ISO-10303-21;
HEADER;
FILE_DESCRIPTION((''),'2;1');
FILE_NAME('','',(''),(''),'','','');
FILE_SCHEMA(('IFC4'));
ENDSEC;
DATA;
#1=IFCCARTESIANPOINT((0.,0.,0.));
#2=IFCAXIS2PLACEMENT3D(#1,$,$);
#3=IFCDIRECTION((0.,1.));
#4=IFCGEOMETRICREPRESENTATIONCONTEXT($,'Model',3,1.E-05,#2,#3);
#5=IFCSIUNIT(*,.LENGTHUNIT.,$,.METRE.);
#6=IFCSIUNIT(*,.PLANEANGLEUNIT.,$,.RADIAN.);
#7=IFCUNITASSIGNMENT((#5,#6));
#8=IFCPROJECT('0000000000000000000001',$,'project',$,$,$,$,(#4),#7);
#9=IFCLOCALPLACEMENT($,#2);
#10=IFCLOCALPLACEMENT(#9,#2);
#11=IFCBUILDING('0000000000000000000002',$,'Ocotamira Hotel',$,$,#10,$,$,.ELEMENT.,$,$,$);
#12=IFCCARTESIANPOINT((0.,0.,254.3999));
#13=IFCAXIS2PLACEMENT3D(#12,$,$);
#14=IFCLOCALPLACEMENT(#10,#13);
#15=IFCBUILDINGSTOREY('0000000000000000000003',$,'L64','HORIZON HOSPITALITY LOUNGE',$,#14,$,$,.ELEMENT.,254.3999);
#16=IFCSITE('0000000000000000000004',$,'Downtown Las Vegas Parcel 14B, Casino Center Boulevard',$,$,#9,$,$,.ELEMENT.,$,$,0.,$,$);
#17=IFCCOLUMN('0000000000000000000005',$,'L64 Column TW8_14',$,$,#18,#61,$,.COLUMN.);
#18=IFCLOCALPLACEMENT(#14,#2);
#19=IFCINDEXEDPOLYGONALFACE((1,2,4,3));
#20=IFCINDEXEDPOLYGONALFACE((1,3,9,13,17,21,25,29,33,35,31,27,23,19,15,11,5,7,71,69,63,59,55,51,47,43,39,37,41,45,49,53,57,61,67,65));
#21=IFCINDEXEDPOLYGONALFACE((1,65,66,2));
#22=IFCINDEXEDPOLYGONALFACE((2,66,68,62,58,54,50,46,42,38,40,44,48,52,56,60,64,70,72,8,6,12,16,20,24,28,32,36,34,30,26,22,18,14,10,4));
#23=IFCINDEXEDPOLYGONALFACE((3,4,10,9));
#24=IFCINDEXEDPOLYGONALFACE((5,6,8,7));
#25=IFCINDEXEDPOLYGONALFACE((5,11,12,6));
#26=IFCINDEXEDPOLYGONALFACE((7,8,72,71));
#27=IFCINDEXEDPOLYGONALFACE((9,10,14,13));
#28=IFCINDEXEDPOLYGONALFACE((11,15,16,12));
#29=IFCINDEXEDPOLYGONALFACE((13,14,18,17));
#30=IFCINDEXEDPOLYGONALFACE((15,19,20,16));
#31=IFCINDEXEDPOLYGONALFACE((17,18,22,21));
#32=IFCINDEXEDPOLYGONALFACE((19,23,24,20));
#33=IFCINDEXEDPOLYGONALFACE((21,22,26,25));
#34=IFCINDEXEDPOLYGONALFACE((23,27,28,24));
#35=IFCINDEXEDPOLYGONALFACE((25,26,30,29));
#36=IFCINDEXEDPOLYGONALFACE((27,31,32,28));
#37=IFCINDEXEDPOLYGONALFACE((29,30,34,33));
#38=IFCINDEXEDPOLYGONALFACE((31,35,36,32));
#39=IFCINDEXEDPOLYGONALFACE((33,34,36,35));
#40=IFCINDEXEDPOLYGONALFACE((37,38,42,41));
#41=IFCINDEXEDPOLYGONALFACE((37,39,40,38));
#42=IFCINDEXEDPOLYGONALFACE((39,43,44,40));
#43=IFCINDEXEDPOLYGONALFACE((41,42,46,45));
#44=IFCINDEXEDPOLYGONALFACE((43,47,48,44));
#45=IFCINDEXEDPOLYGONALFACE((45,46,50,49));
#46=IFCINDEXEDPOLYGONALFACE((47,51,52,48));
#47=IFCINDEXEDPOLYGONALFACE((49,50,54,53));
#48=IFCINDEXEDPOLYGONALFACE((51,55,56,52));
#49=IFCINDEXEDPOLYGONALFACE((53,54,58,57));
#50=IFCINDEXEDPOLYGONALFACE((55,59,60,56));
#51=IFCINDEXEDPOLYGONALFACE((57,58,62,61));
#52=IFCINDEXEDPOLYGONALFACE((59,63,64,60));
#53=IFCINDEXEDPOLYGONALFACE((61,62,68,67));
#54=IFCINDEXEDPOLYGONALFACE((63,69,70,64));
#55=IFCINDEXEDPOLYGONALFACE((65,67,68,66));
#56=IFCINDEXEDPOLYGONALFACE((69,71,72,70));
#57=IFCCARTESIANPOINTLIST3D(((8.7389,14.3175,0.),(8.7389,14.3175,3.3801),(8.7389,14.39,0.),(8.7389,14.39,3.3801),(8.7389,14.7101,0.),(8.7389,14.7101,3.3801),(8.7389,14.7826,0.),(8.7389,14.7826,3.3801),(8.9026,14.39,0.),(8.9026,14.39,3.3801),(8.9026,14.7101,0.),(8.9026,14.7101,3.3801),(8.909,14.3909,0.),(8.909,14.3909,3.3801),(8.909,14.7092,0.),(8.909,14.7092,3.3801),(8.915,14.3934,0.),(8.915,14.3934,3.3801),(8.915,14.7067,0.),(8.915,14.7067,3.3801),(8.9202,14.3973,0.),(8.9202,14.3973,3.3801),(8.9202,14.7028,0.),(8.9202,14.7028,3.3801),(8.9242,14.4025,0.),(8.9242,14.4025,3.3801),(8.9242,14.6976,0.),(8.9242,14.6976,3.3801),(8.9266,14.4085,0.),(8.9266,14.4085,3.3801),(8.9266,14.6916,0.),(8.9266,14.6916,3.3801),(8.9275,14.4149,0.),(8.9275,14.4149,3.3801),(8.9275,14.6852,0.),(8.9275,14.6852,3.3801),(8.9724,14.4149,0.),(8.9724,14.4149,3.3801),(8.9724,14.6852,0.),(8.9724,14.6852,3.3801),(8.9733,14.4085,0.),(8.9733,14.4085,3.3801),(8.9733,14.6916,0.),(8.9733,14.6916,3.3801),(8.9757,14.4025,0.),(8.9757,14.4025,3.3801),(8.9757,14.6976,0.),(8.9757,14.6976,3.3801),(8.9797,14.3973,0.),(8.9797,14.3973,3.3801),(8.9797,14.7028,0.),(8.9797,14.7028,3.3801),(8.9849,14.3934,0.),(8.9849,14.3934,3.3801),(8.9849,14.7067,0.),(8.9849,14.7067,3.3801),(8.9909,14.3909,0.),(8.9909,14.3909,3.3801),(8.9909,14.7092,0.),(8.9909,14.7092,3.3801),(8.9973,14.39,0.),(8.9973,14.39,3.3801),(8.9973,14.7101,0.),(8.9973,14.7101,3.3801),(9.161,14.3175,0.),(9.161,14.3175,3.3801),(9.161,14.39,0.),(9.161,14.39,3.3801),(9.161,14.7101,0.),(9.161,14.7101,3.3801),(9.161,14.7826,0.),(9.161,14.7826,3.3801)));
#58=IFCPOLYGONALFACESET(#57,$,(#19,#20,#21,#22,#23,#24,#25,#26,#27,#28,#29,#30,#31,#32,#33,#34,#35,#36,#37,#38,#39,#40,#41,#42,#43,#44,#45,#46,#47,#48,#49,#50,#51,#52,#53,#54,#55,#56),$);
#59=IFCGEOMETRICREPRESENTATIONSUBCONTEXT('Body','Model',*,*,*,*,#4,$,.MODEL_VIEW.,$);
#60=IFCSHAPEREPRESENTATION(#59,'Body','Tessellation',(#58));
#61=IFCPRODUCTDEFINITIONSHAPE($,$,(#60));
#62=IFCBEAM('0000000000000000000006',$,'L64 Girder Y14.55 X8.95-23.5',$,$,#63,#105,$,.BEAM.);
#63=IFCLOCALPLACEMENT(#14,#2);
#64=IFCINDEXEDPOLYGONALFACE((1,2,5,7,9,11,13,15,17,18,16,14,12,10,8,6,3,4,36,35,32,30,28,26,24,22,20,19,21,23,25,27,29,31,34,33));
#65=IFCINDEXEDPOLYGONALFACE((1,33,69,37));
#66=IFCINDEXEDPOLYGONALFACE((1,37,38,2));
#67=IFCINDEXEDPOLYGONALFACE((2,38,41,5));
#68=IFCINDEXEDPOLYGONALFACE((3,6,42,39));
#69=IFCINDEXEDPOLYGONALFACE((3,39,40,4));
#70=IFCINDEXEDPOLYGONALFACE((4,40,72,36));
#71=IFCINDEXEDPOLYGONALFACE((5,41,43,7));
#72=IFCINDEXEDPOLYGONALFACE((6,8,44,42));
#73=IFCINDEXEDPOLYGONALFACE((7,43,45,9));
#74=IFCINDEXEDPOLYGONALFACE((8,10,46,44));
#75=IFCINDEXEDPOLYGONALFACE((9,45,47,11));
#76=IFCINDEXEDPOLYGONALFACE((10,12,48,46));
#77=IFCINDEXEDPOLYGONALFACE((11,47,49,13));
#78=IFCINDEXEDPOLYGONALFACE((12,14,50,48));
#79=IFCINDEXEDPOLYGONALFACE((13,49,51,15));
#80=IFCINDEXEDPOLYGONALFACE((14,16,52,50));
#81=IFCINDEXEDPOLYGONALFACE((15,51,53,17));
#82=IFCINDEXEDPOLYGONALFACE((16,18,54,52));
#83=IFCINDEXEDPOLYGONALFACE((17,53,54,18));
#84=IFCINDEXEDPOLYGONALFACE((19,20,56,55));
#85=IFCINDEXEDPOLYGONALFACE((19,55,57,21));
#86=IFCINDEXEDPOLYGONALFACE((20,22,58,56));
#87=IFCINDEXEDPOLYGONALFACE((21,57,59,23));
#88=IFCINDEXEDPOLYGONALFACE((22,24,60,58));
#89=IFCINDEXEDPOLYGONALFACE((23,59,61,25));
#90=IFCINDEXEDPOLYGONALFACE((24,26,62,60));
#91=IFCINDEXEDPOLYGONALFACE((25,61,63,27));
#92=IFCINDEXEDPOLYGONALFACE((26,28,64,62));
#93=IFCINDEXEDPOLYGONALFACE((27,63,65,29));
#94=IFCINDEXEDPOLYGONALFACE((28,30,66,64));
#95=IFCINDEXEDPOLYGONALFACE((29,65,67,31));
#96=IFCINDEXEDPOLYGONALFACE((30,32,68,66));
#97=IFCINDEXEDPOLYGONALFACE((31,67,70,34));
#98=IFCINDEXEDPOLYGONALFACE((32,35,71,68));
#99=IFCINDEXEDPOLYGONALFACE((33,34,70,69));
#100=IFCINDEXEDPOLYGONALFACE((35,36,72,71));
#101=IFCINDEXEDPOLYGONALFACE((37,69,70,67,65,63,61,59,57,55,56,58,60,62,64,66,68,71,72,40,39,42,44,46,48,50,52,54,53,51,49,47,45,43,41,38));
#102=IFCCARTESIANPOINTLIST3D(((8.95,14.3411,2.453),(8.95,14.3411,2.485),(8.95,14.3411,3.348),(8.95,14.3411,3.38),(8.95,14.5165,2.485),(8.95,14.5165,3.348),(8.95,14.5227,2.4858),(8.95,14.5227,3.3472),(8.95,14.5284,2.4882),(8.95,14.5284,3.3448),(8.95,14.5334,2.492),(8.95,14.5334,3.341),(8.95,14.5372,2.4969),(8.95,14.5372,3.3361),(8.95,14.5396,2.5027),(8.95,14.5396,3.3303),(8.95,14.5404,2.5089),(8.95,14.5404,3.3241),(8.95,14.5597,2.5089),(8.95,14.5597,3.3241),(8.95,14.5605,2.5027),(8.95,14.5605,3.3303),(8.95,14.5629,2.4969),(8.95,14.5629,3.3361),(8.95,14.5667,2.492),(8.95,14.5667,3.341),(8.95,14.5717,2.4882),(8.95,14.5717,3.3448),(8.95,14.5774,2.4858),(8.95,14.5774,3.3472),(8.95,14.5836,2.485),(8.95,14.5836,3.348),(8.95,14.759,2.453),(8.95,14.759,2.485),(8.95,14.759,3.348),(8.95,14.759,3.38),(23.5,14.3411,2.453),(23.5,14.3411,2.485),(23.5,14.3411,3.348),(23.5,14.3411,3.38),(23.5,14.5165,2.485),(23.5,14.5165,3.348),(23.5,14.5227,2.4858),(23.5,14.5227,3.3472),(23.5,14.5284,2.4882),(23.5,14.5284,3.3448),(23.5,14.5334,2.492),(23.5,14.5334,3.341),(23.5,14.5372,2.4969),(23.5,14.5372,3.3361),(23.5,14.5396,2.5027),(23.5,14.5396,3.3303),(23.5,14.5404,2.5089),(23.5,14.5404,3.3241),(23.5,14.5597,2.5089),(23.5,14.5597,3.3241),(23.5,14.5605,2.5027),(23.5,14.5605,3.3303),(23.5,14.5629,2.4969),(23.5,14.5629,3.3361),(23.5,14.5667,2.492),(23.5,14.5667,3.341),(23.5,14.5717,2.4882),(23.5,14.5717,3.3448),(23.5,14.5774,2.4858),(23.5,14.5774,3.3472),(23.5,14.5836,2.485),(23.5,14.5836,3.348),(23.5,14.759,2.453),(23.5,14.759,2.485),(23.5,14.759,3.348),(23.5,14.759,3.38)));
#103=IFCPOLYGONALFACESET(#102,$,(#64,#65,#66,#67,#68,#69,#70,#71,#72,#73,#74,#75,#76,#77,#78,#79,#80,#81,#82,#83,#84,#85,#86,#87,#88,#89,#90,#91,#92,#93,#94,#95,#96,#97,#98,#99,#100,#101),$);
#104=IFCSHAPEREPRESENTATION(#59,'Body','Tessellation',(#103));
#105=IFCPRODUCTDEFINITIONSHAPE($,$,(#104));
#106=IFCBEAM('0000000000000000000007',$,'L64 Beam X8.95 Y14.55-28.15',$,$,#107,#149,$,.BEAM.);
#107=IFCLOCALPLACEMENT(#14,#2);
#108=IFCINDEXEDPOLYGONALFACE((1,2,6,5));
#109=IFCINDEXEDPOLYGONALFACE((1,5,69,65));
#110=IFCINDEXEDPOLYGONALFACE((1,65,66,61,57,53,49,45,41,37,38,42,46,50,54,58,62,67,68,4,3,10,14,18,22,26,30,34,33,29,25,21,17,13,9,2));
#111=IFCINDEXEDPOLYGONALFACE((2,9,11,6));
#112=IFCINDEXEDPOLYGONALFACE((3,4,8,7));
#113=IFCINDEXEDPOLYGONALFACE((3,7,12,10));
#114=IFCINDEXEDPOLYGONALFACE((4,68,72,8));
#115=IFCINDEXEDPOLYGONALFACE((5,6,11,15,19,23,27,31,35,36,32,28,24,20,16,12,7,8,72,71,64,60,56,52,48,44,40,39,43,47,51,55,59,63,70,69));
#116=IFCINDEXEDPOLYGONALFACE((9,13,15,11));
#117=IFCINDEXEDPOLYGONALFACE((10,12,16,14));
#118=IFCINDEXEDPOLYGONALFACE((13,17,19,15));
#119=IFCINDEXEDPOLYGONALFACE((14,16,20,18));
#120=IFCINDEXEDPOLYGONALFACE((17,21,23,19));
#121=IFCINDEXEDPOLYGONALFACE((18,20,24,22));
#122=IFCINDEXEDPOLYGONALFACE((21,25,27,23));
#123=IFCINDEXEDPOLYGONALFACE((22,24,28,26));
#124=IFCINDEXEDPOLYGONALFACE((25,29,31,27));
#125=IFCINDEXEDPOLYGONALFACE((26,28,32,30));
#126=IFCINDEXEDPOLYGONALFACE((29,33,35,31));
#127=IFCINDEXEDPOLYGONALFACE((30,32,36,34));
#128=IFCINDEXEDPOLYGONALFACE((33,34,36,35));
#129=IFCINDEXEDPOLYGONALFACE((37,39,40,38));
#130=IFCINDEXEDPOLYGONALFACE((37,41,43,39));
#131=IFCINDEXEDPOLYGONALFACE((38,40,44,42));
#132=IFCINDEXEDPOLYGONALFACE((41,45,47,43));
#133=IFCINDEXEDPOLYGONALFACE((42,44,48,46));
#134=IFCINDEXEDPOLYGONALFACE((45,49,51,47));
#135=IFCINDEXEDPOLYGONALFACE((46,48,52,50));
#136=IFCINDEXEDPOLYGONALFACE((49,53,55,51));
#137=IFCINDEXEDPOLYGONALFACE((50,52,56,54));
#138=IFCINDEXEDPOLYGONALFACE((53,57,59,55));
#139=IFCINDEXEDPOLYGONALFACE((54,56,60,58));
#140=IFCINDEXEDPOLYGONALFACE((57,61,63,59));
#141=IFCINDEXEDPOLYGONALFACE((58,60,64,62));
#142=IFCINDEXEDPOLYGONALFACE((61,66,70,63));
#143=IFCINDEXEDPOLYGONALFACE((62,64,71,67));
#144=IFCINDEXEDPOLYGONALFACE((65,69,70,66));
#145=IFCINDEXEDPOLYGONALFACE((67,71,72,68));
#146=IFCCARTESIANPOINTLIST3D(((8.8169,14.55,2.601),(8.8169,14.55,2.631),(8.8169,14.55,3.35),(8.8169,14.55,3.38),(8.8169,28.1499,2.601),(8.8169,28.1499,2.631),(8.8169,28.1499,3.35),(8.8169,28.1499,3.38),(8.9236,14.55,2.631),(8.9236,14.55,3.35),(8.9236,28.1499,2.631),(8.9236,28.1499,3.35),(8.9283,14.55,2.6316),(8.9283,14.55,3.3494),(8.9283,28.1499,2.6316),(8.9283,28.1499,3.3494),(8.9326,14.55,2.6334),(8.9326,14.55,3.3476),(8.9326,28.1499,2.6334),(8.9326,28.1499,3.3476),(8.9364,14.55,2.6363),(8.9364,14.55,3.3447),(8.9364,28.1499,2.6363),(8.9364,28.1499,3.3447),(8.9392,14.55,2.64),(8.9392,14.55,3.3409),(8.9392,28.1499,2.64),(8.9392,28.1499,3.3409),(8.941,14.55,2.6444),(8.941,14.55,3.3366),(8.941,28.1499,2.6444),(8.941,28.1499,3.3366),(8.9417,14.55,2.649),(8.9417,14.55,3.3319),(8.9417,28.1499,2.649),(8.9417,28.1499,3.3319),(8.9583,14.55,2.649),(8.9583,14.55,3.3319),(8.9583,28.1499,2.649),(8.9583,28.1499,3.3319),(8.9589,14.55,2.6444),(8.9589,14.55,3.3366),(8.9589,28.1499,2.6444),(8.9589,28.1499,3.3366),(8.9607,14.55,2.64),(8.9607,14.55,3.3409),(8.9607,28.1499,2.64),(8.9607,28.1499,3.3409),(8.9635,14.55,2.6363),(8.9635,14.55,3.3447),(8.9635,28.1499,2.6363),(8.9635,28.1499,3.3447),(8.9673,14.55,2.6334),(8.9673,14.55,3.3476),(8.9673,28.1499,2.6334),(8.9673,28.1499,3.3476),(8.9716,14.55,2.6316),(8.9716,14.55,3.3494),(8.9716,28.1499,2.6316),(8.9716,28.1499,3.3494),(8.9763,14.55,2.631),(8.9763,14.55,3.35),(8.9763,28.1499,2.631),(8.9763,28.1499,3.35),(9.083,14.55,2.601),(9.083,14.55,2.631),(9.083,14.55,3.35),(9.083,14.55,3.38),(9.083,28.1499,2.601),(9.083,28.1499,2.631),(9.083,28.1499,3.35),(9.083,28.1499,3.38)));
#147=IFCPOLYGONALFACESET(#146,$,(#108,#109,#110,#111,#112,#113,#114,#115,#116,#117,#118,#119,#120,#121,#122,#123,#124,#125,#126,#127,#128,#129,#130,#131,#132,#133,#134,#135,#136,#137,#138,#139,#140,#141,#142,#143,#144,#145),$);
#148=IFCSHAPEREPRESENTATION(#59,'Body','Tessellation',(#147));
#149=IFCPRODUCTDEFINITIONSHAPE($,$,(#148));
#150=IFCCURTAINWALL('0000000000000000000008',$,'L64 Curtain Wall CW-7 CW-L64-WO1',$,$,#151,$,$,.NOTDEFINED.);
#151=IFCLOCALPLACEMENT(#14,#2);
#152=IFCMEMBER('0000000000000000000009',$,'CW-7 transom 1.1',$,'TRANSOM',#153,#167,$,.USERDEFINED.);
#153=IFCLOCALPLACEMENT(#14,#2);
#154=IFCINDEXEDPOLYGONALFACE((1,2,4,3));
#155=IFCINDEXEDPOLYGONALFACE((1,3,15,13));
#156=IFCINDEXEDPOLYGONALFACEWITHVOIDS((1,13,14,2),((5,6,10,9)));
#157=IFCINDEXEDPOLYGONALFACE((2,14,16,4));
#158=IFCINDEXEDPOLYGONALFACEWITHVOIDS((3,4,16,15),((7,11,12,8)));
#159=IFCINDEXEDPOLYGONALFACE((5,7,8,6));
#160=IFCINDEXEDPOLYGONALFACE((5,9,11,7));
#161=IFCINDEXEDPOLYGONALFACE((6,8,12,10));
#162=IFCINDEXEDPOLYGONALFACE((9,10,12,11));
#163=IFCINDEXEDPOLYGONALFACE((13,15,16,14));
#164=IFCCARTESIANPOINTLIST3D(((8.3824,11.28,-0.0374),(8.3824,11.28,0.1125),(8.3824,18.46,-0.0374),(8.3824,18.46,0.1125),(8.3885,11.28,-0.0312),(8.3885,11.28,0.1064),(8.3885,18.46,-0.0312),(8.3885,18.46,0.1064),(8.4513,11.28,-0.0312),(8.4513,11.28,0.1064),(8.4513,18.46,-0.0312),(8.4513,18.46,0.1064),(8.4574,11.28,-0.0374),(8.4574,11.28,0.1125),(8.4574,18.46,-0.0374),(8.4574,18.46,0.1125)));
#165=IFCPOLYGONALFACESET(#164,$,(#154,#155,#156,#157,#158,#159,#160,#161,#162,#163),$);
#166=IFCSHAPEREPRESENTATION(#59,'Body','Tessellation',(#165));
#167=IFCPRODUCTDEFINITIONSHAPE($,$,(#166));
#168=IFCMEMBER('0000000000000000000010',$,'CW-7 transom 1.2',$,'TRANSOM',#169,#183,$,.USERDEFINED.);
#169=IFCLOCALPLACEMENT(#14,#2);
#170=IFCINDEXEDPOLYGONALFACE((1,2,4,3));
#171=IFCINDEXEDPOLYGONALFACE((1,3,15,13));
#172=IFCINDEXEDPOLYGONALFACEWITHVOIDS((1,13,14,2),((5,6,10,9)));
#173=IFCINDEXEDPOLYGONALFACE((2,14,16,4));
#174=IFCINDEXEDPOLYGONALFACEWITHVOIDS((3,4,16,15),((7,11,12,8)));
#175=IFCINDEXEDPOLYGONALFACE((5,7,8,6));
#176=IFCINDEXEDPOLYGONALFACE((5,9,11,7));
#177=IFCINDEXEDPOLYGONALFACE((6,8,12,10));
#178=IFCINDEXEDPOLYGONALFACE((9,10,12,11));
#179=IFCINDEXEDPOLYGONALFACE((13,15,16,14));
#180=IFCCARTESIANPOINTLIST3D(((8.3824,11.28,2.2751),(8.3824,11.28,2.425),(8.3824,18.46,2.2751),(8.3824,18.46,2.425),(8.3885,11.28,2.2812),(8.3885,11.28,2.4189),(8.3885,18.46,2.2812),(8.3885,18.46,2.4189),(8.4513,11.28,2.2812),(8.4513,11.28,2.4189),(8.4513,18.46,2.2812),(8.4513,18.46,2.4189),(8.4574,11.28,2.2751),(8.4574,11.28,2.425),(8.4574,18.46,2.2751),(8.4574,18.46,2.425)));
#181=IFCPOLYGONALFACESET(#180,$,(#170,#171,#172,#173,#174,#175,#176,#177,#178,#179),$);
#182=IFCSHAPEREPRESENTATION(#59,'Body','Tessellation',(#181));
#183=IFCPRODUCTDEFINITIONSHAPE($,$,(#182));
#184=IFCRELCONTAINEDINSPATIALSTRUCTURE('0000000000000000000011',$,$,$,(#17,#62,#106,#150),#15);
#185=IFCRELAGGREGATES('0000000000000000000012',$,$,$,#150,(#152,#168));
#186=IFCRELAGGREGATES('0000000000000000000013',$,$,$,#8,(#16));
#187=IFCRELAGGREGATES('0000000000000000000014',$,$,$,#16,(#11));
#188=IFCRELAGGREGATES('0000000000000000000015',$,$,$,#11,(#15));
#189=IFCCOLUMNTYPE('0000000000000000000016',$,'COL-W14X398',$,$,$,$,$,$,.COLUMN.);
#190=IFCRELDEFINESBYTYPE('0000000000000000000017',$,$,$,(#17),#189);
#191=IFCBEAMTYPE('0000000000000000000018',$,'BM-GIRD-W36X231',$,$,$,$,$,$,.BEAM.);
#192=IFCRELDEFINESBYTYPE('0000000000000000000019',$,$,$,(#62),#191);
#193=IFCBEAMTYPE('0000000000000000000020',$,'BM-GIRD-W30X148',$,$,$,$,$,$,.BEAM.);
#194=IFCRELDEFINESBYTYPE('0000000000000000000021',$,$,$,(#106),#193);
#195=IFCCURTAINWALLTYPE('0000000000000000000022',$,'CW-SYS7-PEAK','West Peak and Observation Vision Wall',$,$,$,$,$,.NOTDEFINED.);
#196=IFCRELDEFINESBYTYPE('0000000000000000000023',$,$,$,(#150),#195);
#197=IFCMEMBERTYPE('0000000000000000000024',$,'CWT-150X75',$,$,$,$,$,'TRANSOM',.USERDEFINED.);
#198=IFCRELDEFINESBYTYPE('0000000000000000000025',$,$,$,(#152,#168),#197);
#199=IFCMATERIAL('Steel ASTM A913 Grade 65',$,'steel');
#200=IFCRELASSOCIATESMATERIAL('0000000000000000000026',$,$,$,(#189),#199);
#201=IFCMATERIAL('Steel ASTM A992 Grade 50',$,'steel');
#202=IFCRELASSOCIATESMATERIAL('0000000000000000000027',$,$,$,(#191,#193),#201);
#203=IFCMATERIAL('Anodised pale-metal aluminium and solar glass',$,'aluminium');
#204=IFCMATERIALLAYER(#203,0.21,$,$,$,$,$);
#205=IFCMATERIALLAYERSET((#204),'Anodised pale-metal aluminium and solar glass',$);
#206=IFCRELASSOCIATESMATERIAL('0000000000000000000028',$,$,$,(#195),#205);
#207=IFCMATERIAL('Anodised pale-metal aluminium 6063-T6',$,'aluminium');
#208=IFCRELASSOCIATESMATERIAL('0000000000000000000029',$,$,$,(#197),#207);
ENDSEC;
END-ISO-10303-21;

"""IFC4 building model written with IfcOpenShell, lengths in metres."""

from ifc_helpers import new_model, si_unit, direction, frame, origin, origin_2d, place, context, subcontext, project, spatial, hollow_rectangle, i_section, extrude, source, transform, mapped, material, layer, layer_set, material_profile, profile_set, type_object, element, aggregate, save


model = new_model("IFC4")

# Units and contexts
model_context = context("Model", 3, precision=1e-05, world=origin(), true_north=direction((0.0, 1.0)))
body_context = subcontext(model_context, "Body", "Model", "MODEL_VIEW")
ifc_project = project(units=[si_unit("LENGTHUNIT", "METRE"), si_unit("PLANEANGLEUNIT", "RADIAN")], contexts=[model_context])

# Site, building, storey
site_placement = place(None, origin())
site = spatial("IfcSite", under=ifc_project, at=site_placement, Name="Downtown Las Vegas Parcel 14B, Casino Center Boulevard", CompositionType="ELEMENT", RefElevation=0.0)
building_placement = place(site_placement, origin())
building = spatial("IfcBuilding", under=site, at=building_placement, Name="Ocotamira Hotel", CompositionType="ELEMENT")
storey_placement = place(building_placement, frame((0.0, 0.0, 254.3999)))
storey = spatial("IfcBuildingStorey", under=building, at=storey_placement, Name="L64", Description="HORIZON HOSPITALITY LOUNGE", CompositionType="ELEMENT", Elevation=254.3999)

# Column
ifc_material_1 = material(Name="Steel ASTM A913 Grade 65", Category="steel")
ifc_material_profile_1 = material_profile(ifc_material_1, i_section(OverallWidth=0.4221, OverallDepth=0.4651, WebThickness=0.0449, FlangeThickness=0.0725, FilletRadius=0.0249, at=origin_2d()), Name="W14X398")
ifc_profile_set_1 = profile_set([ifc_material_profile_1], Name="Steel ASTM A913 Grade 65")
column_type = type_object("IfcColumnType", Name="COL-W14X398", PredefinedType="COLUMN", material=ifc_profile_set_1)
shared_shape_1 = source(origin(), body_context, "Body", "SweptSolid", [
    extrude(i_section(OverallWidth=0.4221, OverallDepth=0.4651, WebThickness=0.0449, FlangeThickness=0.0725, FilletRadius=0.0249, at=origin_2d()), origin(), (0.0, 0.0, 1.0), 3.3801),
])
column_placement = place(storey_placement, frame((8.95, 14.55, 0.0), z_axis=(0.0, 0.0, 1.0), x_axis=(1.0, 0.0, 0.0)))
element("IfcColumn", 1, at=column_placement, inside=storey, type_object=column_type, Name="L64 Column TW8_14", PredefinedType="COLUMN", context=body_context, shape_type="MappedRepresentation", body=[
    mapped(shared_shape_1, transform((0.0, 0.0, 0.0), scale=1.0)),
])

# Beams
ifc_material_2 = material(Name="Steel ASTM A992 Grade 50", Category="steel")
ifc_material_profile_2 = material_profile(ifc_material_2, i_section(OverallWidth=0.418, OverallDepth=0.927, WebThickness=0.0193, FlangeThickness=0.032, FilletRadius=0.0239, at=origin_2d()), Name="W36X231")
ifc_profile_set_2 = profile_set([ifc_material_profile_2], Name="Steel ASTM A992 Grade 50")
beam_type_1 = type_object("IfcBeamType", Name="BM-GIRD-W36X231", PredefinedType="BEAM", material=ifc_profile_set_2)
shared_shape_2 = source(origin(), body_context, "Body", "SweptSolid", [
    extrude(i_section(OverallWidth=0.418, OverallDepth=0.927, WebThickness=0.0193, FlangeThickness=0.032, FilletRadius=0.0239, at=origin_2d()), origin(), (0.0, 0.0, 1.0), 14.55),
])
beam_1_placement = place(storey_placement, frame((8.95, 14.55, 2.9165), z_axis=(1.0, 0.0, 0.0), x_axis=(0.0, 1.0, 0.0)))
element("IfcBeam", 2, at=beam_1_placement, inside=storey, type_object=beam_type_1, Name="L64 Girder Y14.55 X8.95-23.5", PredefinedType="BEAM", context=body_context, shape_type="MappedRepresentation", body=[
    mapped(shared_shape_2, transform((0.0, 0.0, 0.0), scale=1.0)),
])
ifc_material_profile_3 = material_profile(ifc_material_2, i_section(OverallWidth=0.2661, OverallDepth=0.7791, WebThickness=0.0166, FlangeThickness=0.03, FilletRadius=0.0181, at=origin_2d()), Name="W30X148")
ifc_profile_set_3 = profile_set([ifc_material_profile_3], Name="Steel ASTM A992 Grade 50")
beam_type_2 = type_object("IfcBeamType", Name="BM-GIRD-W30X148", PredefinedType="BEAM", material=ifc_profile_set_3)
shared_shape_3 = source(origin(), body_context, "Body", "SweptSolid", [
    extrude(i_section(OverallWidth=0.2661, OverallDepth=0.7791, WebThickness=0.0166, FlangeThickness=0.03, FilletRadius=0.0181, at=origin_2d()), origin(), (0.0, 0.0, 1.0), 13.5999),
])
beam_2_placement = place(storey_placement, frame((8.95, 14.55, 2.9905), z_axis=(0.0, 1.0, 0.0), x_axis=(-1.0, 0.0, 0.0)))
element("IfcBeam", 3, at=beam_2_placement, inside=storey, type_object=beam_type_2, Name="L64 Beam X8.95 Y14.55-28.15", PredefinedType="BEAM", context=body_context, shape_type="MappedRepresentation", body=[
    mapped(shared_shape_3, transform((0.0, 0.0, 0.0), scale=1.0)),
])

# Curtain wall, members
ifc_material_3 = material(Name="Anodised pale-metal aluminium and solar glass", Category="aluminium")
ifc_layer_1 = layer(ifc_material_3, 0.21)
ifc_layer_set_1 = layer_set([ifc_layer_1], Name="Anodised pale-metal aluminium and solar glass")
curtain_wall_type = type_object("IfcCurtainWallType", Name="CW-SYS7-PEAK", Description="West Peak and Observation Vision Wall", PredefinedType="NOTDEFINED", material=ifc_layer_set_1)
curtain_wall_placement = place(storey_placement, origin())
curtain_wall = element("IfcCurtainWall", 4, at=curtain_wall_placement, inside=storey, type_object=curtain_wall_type, Name="L64 Curtain Wall CW-7 CW-L64-WO1", PredefinedType="NOTDEFINED")
ifc_material_4 = material(Name="Anodised pale-metal aluminium 6063-T6", Category="aluminium")
ifc_material_profile_4 = material_profile(ifc_material_4, hollow_rectangle(XDim=0.075, YDim=0.1499, WallThickness=0.0061, at=origin_2d()), Name="HSS150X75X6")
ifc_profile_set_4 = profile_set([ifc_material_profile_4], Name="Anodised pale-metal aluminium 6063-T6")
member_type = type_object("IfcMemberType", Name="CWT-150X75", ElementType="TRANSOM", PredefinedType="USERDEFINED", material=ifc_profile_set_4)
shared_shape_4 = source(origin(), body_context, "Body", "SweptSolid", [
    extrude(hollow_rectangle(XDim=0.075, YDim=0.1499, WallThickness=0.0061, at=origin_2d()), origin(), (0.0, 0.0, 1.0), 7.1799),
])
member_1_placement = place(storey_placement, frame((8.4199, 11.28, 0.0376), z_axis=(0.0, 1.0, 0.0), x_axis=(-1.0, 0.0, 0.0)))
member_1 = element("IfcMember", 5, at=member_1_placement, type_object=member_type, Name="CW-7 transom 1.1", ObjectType="TRANSOM", PredefinedType="USERDEFINED", context=body_context, shape_type="MappedRepresentation", body=[
    mapped(shared_shape_4, transform((0.0, 0.0, 0.0), scale=1.0)),
])
member_2_placement = place(storey_placement, frame((8.4199, 11.28, 2.3501), z_axis=(0.0, 1.0, 0.0), x_axis=(-1.0, 0.0, 0.0)))
member_2 = element("IfcMember", 6, at=member_2_placement, type_object=member_type, Name="CW-7 transom 1.2", ObjectType="TRANSOM", PredefinedType="USERDEFINED", context=body_context, shape_type="MappedRepresentation", body=[
    mapped(shared_shape_4, transform((0.0, 0.0, 0.0), scale=1.0)),
])
aggregate(curtain_wall, [member_1, member_2])

save(model, "model.ifc")
